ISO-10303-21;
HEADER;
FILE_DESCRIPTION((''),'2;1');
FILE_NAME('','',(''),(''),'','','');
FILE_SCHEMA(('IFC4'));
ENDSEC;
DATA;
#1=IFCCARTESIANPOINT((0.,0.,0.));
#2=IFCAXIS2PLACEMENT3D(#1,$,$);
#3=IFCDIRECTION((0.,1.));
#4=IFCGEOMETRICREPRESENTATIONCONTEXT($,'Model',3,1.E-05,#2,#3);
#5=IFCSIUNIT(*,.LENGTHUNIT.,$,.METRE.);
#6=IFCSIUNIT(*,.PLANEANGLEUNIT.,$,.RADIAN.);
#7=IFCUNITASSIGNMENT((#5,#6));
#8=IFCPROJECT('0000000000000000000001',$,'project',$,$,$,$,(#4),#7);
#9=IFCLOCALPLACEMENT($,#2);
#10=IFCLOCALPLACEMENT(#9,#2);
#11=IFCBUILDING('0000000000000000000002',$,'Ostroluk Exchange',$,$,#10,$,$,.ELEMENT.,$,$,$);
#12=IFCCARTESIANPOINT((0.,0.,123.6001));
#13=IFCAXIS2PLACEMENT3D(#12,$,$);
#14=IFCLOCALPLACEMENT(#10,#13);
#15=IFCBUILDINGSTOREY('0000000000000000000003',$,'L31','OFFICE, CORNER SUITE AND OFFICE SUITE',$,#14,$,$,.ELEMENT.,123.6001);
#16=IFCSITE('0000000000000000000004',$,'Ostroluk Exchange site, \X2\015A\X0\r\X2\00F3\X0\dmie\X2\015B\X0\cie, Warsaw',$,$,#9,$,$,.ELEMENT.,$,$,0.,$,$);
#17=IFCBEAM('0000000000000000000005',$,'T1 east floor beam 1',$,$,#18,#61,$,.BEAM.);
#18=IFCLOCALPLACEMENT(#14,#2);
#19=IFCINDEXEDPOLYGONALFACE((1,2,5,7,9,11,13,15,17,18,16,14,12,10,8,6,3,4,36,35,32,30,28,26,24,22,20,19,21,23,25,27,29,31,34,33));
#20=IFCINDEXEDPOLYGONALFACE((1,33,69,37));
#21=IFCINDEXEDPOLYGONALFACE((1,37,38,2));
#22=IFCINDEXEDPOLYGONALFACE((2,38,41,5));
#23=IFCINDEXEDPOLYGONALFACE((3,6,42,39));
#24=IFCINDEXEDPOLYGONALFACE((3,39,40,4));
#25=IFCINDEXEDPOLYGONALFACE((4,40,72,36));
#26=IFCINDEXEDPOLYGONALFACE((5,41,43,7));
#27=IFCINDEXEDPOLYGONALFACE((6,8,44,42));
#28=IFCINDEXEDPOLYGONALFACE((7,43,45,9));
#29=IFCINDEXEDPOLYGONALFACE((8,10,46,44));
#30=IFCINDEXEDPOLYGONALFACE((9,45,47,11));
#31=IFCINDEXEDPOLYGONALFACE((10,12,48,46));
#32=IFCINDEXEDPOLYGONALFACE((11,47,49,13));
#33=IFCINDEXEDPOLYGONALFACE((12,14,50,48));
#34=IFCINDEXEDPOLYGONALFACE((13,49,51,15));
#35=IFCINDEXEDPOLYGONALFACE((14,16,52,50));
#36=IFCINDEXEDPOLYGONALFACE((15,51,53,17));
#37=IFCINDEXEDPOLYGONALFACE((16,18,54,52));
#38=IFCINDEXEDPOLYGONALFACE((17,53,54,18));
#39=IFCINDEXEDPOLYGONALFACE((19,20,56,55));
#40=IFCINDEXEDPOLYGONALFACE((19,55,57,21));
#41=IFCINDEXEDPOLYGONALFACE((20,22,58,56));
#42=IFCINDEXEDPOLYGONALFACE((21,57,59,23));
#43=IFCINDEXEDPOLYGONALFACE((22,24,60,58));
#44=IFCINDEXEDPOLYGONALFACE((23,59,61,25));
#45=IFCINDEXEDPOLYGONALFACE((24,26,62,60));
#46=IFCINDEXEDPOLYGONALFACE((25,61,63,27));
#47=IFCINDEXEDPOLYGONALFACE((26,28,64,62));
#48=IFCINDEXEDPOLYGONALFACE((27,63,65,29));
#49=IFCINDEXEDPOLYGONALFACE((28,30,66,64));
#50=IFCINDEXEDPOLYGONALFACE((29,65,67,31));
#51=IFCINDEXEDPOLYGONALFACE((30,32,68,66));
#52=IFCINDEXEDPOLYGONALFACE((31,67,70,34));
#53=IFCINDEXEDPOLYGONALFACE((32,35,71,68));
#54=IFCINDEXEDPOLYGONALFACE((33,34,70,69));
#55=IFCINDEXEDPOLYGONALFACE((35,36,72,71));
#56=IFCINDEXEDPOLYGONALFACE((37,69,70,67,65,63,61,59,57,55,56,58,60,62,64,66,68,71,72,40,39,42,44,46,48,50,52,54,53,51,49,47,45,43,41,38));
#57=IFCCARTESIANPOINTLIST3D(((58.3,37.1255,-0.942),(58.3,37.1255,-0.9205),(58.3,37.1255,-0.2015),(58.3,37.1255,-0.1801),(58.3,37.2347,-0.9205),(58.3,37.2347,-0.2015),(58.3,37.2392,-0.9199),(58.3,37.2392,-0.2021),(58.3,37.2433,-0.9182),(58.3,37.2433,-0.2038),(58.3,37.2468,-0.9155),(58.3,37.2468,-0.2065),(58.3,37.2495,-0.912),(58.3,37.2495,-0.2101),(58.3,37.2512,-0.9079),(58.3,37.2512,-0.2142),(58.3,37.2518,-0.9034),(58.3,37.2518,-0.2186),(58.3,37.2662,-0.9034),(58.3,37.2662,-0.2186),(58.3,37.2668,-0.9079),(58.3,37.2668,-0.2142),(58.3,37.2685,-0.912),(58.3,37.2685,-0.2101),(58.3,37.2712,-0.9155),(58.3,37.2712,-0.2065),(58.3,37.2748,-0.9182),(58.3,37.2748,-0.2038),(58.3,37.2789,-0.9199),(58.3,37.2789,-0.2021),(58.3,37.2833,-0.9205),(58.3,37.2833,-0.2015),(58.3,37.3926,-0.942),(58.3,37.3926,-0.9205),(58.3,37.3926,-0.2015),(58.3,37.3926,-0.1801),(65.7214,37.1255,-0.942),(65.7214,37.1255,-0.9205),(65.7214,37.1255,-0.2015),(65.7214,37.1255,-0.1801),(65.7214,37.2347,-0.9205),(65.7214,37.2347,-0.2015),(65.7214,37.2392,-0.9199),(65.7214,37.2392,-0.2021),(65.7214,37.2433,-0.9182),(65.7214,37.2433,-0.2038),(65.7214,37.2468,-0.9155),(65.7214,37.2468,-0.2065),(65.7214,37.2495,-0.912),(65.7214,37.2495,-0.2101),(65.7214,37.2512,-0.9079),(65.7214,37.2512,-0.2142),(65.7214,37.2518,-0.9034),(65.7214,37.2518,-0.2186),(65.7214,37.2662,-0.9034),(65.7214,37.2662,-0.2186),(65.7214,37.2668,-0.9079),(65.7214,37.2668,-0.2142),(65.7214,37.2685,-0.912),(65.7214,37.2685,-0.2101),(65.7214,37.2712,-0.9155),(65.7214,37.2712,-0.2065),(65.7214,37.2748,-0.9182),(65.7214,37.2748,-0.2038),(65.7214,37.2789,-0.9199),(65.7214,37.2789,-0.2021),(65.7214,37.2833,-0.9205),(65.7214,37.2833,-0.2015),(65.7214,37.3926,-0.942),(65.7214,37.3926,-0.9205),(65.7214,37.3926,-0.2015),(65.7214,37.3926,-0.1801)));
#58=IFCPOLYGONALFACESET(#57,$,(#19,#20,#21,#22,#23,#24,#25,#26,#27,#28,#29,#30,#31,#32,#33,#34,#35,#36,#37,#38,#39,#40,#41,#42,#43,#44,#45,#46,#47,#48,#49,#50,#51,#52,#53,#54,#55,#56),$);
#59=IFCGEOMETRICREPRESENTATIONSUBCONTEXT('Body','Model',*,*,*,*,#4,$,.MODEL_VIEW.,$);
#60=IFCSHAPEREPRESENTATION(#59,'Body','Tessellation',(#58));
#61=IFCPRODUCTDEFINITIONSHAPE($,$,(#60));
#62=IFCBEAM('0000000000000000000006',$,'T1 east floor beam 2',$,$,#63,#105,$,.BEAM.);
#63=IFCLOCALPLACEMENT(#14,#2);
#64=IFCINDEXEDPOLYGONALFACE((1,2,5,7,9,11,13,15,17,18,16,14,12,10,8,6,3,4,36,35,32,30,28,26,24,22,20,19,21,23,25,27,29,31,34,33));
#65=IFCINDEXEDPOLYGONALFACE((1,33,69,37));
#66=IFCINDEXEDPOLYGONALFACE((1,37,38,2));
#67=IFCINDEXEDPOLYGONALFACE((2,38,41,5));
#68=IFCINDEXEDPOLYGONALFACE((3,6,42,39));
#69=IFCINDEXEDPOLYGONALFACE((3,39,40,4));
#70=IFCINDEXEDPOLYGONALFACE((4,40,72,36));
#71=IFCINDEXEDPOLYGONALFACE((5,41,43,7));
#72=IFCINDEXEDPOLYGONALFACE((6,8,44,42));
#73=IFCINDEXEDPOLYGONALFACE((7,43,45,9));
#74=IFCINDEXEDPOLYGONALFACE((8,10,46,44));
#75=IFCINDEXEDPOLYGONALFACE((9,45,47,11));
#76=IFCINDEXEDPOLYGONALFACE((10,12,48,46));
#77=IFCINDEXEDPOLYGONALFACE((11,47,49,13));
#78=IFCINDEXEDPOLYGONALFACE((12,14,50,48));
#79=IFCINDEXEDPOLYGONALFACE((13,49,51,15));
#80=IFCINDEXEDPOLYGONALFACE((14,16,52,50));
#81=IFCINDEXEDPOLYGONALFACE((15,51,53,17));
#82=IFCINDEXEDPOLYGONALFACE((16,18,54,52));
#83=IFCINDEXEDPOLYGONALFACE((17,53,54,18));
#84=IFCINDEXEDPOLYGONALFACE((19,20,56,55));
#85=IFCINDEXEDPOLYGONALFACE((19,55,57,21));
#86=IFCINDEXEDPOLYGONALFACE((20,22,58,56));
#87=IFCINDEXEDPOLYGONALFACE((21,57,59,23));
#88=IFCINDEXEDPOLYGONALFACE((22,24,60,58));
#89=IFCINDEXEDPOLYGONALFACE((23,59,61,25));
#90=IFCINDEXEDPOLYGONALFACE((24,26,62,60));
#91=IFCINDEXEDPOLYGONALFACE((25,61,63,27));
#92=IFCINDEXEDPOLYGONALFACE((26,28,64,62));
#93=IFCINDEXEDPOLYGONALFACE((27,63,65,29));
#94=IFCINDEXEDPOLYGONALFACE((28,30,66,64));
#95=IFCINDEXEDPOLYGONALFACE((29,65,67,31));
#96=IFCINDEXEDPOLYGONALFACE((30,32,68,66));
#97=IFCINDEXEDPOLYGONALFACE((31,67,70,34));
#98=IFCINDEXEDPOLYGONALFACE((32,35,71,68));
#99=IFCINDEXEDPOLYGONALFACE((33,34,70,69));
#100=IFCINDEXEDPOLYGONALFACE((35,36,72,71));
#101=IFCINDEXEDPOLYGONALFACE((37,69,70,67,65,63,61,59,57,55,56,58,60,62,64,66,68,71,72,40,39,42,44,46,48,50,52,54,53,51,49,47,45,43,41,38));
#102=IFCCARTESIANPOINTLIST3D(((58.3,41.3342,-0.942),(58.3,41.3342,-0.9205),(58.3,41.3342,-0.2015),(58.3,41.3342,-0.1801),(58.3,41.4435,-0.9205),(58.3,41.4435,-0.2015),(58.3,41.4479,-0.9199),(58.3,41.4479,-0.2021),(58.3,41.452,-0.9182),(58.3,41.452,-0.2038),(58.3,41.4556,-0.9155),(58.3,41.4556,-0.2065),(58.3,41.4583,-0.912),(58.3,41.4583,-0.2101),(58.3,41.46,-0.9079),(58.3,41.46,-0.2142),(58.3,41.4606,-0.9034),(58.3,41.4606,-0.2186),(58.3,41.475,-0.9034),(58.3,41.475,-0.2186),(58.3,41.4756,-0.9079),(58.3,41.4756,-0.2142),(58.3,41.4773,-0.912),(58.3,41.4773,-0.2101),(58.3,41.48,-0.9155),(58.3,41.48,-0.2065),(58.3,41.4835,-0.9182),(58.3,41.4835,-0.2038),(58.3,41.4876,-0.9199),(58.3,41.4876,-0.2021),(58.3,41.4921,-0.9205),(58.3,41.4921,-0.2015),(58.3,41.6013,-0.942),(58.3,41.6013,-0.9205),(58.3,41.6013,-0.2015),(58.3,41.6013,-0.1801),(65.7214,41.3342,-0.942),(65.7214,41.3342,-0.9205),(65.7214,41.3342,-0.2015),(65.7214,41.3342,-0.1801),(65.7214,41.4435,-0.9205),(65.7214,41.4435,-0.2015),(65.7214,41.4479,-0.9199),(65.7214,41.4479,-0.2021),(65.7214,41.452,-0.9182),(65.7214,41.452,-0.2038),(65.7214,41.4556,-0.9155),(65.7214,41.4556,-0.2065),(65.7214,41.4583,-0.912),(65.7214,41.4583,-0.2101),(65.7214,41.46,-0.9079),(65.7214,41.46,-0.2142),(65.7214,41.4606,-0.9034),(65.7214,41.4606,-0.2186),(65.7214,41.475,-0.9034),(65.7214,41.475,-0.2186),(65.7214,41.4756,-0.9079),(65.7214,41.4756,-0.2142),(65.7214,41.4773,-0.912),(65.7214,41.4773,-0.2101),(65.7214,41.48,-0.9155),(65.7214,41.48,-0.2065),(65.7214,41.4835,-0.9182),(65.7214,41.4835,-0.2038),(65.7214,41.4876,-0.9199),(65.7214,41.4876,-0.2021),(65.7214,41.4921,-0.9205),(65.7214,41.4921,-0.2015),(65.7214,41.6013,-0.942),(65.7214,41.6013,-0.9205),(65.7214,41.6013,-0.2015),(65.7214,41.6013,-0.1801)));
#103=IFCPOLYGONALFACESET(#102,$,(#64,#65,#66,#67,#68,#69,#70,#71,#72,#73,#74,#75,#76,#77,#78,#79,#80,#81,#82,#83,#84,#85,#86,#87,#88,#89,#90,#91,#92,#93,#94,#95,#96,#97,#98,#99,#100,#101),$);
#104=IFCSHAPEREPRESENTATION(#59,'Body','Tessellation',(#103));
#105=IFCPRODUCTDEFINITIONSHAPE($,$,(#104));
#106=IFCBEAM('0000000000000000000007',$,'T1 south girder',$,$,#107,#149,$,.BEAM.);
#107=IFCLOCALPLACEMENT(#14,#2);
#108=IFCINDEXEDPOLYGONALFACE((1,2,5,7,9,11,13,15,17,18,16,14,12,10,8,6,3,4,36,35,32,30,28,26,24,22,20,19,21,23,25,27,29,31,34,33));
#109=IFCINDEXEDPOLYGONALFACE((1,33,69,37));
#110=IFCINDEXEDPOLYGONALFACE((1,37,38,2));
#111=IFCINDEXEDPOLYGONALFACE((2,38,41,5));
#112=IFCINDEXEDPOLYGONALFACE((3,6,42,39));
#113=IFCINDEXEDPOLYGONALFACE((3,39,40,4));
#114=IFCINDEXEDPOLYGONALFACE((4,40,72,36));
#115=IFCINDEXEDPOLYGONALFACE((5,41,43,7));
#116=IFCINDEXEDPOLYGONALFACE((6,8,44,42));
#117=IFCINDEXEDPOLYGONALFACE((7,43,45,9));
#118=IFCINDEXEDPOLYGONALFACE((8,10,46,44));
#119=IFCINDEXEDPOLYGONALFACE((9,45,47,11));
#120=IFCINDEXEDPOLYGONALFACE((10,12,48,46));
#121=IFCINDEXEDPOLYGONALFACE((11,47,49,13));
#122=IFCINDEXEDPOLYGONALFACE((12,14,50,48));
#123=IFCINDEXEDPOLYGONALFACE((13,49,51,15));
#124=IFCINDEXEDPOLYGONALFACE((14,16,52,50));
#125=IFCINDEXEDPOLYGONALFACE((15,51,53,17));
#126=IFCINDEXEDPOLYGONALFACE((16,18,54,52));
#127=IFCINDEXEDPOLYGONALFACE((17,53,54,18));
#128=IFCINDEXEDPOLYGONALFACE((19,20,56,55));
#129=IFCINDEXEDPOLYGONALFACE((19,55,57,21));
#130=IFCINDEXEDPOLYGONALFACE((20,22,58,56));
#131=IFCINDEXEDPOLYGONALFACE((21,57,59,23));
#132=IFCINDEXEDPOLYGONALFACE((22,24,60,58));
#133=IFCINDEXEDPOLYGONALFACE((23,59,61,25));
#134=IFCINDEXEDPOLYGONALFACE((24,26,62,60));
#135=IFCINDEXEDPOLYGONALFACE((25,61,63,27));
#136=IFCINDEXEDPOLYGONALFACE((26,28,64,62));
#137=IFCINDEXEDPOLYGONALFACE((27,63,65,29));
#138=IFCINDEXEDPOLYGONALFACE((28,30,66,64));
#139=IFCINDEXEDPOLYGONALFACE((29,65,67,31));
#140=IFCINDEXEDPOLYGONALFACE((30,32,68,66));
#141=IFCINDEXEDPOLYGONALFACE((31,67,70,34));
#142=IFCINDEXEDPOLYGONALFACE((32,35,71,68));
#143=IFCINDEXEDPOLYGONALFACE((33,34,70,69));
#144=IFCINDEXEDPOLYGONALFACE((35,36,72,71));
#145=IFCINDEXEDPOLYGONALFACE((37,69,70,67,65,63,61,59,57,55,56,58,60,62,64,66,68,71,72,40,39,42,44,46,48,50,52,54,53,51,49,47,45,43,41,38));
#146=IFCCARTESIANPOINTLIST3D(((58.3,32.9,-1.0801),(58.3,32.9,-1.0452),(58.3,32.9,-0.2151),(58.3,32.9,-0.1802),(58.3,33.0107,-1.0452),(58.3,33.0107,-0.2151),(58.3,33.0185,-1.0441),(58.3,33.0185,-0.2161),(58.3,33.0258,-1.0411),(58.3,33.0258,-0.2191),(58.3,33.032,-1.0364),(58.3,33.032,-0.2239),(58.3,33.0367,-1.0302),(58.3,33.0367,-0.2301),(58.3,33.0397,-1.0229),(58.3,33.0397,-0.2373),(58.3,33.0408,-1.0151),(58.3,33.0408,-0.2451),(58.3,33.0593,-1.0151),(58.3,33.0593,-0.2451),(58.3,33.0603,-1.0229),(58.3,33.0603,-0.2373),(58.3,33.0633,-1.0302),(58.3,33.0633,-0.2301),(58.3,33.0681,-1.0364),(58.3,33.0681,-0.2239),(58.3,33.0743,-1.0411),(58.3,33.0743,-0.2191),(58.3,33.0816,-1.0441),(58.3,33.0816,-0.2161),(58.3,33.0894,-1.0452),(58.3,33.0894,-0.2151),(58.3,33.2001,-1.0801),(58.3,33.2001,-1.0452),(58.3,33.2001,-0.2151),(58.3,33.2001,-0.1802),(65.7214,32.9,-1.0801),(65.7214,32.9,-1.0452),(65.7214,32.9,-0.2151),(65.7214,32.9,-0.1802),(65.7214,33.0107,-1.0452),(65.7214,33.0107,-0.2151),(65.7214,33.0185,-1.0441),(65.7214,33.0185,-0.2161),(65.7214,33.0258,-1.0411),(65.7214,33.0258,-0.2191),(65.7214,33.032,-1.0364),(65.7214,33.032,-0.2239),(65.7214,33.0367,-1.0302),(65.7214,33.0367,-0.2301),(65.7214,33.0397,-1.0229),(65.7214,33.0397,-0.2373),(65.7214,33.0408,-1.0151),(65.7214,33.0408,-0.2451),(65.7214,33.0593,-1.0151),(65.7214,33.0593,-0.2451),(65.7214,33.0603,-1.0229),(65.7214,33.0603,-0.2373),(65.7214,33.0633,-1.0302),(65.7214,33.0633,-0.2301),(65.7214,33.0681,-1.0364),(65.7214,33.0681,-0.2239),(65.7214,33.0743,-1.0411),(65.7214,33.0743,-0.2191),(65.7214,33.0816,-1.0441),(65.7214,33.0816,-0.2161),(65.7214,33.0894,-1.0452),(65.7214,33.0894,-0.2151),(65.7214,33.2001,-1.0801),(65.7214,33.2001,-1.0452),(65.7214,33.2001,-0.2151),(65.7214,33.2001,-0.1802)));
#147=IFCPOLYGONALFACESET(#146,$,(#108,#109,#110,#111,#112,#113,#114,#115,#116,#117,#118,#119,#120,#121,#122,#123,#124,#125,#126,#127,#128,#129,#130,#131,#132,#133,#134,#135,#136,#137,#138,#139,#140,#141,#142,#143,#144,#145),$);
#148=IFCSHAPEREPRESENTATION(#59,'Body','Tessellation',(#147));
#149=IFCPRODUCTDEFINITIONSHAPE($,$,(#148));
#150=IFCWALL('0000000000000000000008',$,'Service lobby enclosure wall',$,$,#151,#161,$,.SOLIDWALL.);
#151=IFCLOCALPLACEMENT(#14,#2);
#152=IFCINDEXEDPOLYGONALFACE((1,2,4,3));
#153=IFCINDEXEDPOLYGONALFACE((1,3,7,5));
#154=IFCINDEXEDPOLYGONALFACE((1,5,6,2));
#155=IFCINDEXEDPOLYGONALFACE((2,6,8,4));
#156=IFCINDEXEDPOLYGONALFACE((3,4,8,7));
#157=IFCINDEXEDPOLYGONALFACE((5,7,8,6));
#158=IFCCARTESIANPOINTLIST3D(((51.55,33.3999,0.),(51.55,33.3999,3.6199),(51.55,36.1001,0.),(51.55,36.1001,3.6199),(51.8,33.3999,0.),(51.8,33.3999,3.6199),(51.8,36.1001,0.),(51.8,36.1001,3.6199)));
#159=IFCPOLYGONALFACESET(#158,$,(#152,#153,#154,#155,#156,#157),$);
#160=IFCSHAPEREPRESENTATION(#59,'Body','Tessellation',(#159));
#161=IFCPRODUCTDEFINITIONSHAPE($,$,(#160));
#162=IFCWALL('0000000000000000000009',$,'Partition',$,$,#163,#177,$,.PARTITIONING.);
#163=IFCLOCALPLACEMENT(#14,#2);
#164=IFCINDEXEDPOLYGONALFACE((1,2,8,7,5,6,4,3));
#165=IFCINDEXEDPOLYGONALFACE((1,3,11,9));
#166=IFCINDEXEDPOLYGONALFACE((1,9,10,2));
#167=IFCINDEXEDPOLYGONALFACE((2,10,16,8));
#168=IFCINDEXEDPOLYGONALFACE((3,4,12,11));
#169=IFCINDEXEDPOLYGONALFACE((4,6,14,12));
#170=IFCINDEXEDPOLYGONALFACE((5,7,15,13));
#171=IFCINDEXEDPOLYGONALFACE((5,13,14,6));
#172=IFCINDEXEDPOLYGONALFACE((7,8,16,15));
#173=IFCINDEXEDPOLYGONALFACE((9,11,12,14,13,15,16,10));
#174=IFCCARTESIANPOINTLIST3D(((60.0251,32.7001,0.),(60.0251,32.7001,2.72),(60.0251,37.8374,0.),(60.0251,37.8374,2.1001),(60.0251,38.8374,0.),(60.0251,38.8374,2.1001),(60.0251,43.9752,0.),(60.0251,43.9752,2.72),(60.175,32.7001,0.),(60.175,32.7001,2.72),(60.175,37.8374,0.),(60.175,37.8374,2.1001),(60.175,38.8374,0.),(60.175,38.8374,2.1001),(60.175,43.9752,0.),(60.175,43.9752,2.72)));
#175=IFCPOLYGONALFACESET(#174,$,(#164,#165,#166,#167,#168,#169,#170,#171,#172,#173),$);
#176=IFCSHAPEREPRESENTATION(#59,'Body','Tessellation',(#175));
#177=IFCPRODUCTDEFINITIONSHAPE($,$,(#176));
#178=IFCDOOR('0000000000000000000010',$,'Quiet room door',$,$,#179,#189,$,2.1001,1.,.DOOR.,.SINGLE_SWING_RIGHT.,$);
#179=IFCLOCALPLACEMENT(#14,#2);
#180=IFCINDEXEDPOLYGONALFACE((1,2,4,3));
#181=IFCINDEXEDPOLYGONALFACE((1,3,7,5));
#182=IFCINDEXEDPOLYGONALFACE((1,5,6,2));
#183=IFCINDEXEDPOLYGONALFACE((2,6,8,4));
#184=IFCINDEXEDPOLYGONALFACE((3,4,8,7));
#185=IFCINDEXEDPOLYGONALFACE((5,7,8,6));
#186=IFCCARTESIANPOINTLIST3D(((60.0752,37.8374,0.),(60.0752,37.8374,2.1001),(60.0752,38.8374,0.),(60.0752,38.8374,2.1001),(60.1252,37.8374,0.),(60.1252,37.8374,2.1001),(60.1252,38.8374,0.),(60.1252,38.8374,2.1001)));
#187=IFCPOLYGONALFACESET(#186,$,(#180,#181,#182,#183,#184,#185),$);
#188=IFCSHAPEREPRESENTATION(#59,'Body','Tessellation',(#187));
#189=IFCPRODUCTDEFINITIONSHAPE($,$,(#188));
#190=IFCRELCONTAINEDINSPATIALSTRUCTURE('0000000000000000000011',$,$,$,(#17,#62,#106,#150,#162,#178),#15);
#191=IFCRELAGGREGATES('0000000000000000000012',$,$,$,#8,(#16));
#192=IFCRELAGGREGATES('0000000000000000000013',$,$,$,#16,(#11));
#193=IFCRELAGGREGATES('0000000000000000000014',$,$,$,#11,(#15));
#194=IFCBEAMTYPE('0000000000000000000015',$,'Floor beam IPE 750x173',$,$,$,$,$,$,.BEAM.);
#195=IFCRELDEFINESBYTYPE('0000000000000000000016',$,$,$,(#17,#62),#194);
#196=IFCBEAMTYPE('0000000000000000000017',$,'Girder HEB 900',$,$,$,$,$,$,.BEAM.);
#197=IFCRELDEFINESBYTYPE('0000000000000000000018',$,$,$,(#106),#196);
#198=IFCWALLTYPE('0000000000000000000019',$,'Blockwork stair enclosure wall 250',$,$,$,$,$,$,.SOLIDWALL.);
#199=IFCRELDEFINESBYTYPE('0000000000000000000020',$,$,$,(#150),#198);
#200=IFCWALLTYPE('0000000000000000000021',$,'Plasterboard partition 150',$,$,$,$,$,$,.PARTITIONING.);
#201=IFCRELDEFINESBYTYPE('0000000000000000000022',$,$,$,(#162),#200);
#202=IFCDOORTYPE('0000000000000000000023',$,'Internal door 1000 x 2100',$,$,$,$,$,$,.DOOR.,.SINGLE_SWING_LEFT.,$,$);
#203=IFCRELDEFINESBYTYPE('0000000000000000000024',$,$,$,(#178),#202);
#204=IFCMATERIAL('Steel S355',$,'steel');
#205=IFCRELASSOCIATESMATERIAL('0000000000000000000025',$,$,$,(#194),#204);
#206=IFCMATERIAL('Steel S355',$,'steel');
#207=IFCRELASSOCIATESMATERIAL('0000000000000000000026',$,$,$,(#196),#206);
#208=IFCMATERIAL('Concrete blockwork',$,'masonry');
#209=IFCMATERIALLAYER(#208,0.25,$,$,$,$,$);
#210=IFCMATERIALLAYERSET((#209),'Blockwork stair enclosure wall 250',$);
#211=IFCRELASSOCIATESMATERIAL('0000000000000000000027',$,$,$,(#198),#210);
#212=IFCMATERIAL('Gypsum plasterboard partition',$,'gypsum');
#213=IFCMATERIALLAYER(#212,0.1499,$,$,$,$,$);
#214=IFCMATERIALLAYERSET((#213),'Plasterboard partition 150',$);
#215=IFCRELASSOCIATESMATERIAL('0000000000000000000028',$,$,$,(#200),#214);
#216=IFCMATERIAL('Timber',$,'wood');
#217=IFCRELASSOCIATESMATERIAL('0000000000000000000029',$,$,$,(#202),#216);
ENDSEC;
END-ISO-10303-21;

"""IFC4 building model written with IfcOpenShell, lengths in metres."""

from ifc_helpers import new_model, si_unit, direction, frame, frame_2d, origin, origin_2d, place, context, subcontext, project, spatial, rectangle, i_section, extrude, material, layer, layer_set, material_profile, profile_set, type_object, element, fill, save


model = new_model("IFC4")

# Units and contexts
model_context = context("Model", 3, precision=1e-05, world=origin(), true_north=direction((0.0, 1.0)))
body_context = subcontext(model_context, "Body", "Model", "MODEL_VIEW")
ifc_project = project(units=[si_unit("LENGTHUNIT", "METRE"), si_unit("PLANEANGLEUNIT", "RADIAN")], contexts=[model_context])

# Site, building, storey
site_placement = place(None, origin())
site = spatial("IfcSite", under=ifc_project, at=site_placement, Name="Ostroluk Exchange site, Śródmieście, Warsaw", CompositionType="ELEMENT", RefElevation=0.0)
building_placement = place(site_placement, origin())
building = spatial("IfcBuilding", under=site, at=building_placement, Name="Ostroluk Exchange", CompositionType="ELEMENT")
storey_placement = place(building_placement, frame((0.0, 0.0, 123.6001)))
storey = spatial("IfcBuildingStorey", under=building, at=storey_placement, Name="L31", Description="OFFICE, CORNER SUITE AND OFFICE SUITE", CompositionType="ELEMENT", Elevation=123.6001)

# Beams
ifc_material_1 = material(Name="Steel S355", Category="steel")
ifc_material_profile_1 = material_profile(ifc_material_1, i_section(OverallWidth=0.2671, OverallDepth=0.762, WebThickness=0.0144, FlangeThickness=0.0215, FilletRadius=0.0171, at=origin_2d()), Name="IPE 750x173")
ifc_profile_set_1 = profile_set([ifc_material_profile_1], Name="Steel S355")
beam_type_1 = type_object("IfcBeamType", Name="Floor beam IPE 750x173", PredefinedType="BEAM", material=ifc_profile_set_1)
for number, where, z_axis, x_axis, name in (
    (1, (58.3, 37.259, -0.561), (1.0, 0.0, 0.0), (0.0, 1.0, 0.0), "T1 east floor beam 1"),
    (2, (58.3, 41.4678, -0.561), (1.0, 0.0, 0.0), (0.0, 1.0, 0.0), "T1 east floor beam 2"),
):
    element("IfcBeam", number, at=place(storey_placement, frame(where, z_axis=z_axis, x_axis=x_axis)), inside=storey, type_object=beam_type_1, Name=name, PredefinedType="BEAM", context=body_context, shape_type="SweptSolid", body=[
        extrude(i_section(OverallWidth=0.2671, OverallDepth=0.762, WebThickness=0.0144, FlangeThickness=0.0215, FilletRadius=0.0171, at=origin_2d()), origin(), (0.0, 0.0, 1.0), 7.4214),
    ])
ifc_material_2 = material(Name="Steel S355", Category="steel")
ifc_material_profile_2 = material_profile(ifc_material_2, i_section(OverallWidth=0.3, OverallDepth=0.8999, WebThickness=0.0186, FlangeThickness=0.0349, FilletRadius=0.03, at=origin_2d()), Name="HEB 900")
ifc_profile_set_2 = profile_set([ifc_material_profile_2], Name="Steel S355")
beam_type_2 = type_object("IfcBeamType", Name="Girder HEB 900", PredefinedType="BEAM", material=ifc_profile_set_2)
beam_1_placement = place(storey_placement, frame((58.3, 33.05, -0.6301), z_axis=(1.0, 0.0, 0.0), x_axis=(0.0, 1.0, 0.0)))
element("IfcBeam", 3, at=beam_1_placement, inside=storey, type_object=beam_type_2, Name="T1 south girder", PredefinedType="BEAM", context=body_context, shape_type="SweptSolid", body=[
    extrude(i_section(OverallWidth=0.3, OverallDepth=0.8999, WebThickness=0.0186, FlangeThickness=0.0349, FilletRadius=0.03, at=origin_2d()), origin(), (0.0, 0.0, 1.0), 7.4214),
])

# Wall
ifc_material_3 = material(Name="Concrete blockwork", Category="masonry")
ifc_layer_1 = layer(ifc_material_3, 0.25)
ifc_layer_set_1 = layer_set([ifc_layer_1], Name="Blockwork stair enclosure wall 250")
wall_type_1 = type_object("IfcWallType", Name="Blockwork stair enclosure wall 250", PredefinedType="SOLIDWALL", material=ifc_layer_set_1)
wall_1_placement = place(storey_placement, frame((51.675, 33.3999, 0.0), z_axis=(0.0, 0.0, 1.0), x_axis=(0.0, 1.0, 0.0)))
element("IfcWall", 4, at=wall_1_placement, inside=storey, type_object=wall_type_1, Name="Service lobby enclosure wall", PredefinedType="SOLIDWALL", context=body_context, shape_type="SweptSolid", body=[
    extrude(rectangle(XDim=2.7002, YDim=0.25, at=frame_2d((1.3501, 0.0))), origin(), (0.0, 0.0, 1.0), 3.6199),
])

# Wall, opening, door
ifc_material_4 = material(Name="Gypsum plasterboard partition", Category="gypsum")
ifc_layer_2 = layer(ifc_material_4, 0.1499)
ifc_layer_set_2 = layer_set([ifc_layer_2], Name="Plasterboard partition 150")
wall_type_2 = type_object("IfcWallType", Name="Plasterboard partition 150", PredefinedType="PARTITIONING", material=ifc_layer_set_2)
wall_2_placement = place(storey_placement, frame((60.1001, 32.7, 0.0), z_axis=(0.0, 0.0, 1.0), x_axis=(0.0, 1.0, 0.0)))
wall_2 = element("IfcWall", 5, at=wall_2_placement, inside=storey, type_object=wall_type_2, Name="Partition", PredefinedType="PARTITIONING", context=body_context, shape_type="SweptSolid", body=[
    extrude(rectangle(XDim=11.2751, YDim=0.1499, at=frame_2d((5.6377, 0.0))), origin(), (0.0, 0.0, 1.0), 2.72),
])
opening_1_placement = place(wall_2_placement, frame((5.1375, 0.0, 0.0)))
opening_1 = element("IfcOpeningElement", 6, at=opening_1_placement, cuts=wall_2, PredefinedType="OPENING", context=body_context, shape_type="SweptSolid", body=[
    extrude(rectangle(XDim=1.0, YDim=2.1001, at=frame_2d((0.5, 1.05))), frame((0.0, 0.085, 0.0), z_axis=(0.0, -1.0, 0.0), x_axis=(1.0, 0.0, 0.0)), (0.0, 0.0, 1.0), 0.1699),
])
ifc_material_5 = material(Name="Timber", Category="wood")
door_type_1 = type_object("IfcDoorType", Name="Internal door 1000 x 2100", OperationType="SINGLE_SWING_LEFT", PredefinedType="DOOR", material=ifc_material_5)
door_1_placement = place(opening_1_placement, origin())
door_1 = element("IfcDoor", 7, at=door_1_placement, inside=storey, type_object=door_type_1, Name="Quiet room door", OperationType="SINGLE_SWING_RIGHT", OverallHeight=2.1001, OverallWidth=1.0, PredefinedType="DOOR", context=body_context, shape_type="SweptSolid", body=[
    extrude(rectangle(XDim=1.0, YDim=2.1001, at=frame_2d((0.5, 1.05))), frame((0.0, 0.0249, 0.0), z_axis=(0.0, -1.0, 0.0), x_axis=(1.0, 0.0, 0.0)), (0.0, 0.0, 1.0), 0.05),
])
fill(opening_1, door_1)

save(model, "model.ifc")
